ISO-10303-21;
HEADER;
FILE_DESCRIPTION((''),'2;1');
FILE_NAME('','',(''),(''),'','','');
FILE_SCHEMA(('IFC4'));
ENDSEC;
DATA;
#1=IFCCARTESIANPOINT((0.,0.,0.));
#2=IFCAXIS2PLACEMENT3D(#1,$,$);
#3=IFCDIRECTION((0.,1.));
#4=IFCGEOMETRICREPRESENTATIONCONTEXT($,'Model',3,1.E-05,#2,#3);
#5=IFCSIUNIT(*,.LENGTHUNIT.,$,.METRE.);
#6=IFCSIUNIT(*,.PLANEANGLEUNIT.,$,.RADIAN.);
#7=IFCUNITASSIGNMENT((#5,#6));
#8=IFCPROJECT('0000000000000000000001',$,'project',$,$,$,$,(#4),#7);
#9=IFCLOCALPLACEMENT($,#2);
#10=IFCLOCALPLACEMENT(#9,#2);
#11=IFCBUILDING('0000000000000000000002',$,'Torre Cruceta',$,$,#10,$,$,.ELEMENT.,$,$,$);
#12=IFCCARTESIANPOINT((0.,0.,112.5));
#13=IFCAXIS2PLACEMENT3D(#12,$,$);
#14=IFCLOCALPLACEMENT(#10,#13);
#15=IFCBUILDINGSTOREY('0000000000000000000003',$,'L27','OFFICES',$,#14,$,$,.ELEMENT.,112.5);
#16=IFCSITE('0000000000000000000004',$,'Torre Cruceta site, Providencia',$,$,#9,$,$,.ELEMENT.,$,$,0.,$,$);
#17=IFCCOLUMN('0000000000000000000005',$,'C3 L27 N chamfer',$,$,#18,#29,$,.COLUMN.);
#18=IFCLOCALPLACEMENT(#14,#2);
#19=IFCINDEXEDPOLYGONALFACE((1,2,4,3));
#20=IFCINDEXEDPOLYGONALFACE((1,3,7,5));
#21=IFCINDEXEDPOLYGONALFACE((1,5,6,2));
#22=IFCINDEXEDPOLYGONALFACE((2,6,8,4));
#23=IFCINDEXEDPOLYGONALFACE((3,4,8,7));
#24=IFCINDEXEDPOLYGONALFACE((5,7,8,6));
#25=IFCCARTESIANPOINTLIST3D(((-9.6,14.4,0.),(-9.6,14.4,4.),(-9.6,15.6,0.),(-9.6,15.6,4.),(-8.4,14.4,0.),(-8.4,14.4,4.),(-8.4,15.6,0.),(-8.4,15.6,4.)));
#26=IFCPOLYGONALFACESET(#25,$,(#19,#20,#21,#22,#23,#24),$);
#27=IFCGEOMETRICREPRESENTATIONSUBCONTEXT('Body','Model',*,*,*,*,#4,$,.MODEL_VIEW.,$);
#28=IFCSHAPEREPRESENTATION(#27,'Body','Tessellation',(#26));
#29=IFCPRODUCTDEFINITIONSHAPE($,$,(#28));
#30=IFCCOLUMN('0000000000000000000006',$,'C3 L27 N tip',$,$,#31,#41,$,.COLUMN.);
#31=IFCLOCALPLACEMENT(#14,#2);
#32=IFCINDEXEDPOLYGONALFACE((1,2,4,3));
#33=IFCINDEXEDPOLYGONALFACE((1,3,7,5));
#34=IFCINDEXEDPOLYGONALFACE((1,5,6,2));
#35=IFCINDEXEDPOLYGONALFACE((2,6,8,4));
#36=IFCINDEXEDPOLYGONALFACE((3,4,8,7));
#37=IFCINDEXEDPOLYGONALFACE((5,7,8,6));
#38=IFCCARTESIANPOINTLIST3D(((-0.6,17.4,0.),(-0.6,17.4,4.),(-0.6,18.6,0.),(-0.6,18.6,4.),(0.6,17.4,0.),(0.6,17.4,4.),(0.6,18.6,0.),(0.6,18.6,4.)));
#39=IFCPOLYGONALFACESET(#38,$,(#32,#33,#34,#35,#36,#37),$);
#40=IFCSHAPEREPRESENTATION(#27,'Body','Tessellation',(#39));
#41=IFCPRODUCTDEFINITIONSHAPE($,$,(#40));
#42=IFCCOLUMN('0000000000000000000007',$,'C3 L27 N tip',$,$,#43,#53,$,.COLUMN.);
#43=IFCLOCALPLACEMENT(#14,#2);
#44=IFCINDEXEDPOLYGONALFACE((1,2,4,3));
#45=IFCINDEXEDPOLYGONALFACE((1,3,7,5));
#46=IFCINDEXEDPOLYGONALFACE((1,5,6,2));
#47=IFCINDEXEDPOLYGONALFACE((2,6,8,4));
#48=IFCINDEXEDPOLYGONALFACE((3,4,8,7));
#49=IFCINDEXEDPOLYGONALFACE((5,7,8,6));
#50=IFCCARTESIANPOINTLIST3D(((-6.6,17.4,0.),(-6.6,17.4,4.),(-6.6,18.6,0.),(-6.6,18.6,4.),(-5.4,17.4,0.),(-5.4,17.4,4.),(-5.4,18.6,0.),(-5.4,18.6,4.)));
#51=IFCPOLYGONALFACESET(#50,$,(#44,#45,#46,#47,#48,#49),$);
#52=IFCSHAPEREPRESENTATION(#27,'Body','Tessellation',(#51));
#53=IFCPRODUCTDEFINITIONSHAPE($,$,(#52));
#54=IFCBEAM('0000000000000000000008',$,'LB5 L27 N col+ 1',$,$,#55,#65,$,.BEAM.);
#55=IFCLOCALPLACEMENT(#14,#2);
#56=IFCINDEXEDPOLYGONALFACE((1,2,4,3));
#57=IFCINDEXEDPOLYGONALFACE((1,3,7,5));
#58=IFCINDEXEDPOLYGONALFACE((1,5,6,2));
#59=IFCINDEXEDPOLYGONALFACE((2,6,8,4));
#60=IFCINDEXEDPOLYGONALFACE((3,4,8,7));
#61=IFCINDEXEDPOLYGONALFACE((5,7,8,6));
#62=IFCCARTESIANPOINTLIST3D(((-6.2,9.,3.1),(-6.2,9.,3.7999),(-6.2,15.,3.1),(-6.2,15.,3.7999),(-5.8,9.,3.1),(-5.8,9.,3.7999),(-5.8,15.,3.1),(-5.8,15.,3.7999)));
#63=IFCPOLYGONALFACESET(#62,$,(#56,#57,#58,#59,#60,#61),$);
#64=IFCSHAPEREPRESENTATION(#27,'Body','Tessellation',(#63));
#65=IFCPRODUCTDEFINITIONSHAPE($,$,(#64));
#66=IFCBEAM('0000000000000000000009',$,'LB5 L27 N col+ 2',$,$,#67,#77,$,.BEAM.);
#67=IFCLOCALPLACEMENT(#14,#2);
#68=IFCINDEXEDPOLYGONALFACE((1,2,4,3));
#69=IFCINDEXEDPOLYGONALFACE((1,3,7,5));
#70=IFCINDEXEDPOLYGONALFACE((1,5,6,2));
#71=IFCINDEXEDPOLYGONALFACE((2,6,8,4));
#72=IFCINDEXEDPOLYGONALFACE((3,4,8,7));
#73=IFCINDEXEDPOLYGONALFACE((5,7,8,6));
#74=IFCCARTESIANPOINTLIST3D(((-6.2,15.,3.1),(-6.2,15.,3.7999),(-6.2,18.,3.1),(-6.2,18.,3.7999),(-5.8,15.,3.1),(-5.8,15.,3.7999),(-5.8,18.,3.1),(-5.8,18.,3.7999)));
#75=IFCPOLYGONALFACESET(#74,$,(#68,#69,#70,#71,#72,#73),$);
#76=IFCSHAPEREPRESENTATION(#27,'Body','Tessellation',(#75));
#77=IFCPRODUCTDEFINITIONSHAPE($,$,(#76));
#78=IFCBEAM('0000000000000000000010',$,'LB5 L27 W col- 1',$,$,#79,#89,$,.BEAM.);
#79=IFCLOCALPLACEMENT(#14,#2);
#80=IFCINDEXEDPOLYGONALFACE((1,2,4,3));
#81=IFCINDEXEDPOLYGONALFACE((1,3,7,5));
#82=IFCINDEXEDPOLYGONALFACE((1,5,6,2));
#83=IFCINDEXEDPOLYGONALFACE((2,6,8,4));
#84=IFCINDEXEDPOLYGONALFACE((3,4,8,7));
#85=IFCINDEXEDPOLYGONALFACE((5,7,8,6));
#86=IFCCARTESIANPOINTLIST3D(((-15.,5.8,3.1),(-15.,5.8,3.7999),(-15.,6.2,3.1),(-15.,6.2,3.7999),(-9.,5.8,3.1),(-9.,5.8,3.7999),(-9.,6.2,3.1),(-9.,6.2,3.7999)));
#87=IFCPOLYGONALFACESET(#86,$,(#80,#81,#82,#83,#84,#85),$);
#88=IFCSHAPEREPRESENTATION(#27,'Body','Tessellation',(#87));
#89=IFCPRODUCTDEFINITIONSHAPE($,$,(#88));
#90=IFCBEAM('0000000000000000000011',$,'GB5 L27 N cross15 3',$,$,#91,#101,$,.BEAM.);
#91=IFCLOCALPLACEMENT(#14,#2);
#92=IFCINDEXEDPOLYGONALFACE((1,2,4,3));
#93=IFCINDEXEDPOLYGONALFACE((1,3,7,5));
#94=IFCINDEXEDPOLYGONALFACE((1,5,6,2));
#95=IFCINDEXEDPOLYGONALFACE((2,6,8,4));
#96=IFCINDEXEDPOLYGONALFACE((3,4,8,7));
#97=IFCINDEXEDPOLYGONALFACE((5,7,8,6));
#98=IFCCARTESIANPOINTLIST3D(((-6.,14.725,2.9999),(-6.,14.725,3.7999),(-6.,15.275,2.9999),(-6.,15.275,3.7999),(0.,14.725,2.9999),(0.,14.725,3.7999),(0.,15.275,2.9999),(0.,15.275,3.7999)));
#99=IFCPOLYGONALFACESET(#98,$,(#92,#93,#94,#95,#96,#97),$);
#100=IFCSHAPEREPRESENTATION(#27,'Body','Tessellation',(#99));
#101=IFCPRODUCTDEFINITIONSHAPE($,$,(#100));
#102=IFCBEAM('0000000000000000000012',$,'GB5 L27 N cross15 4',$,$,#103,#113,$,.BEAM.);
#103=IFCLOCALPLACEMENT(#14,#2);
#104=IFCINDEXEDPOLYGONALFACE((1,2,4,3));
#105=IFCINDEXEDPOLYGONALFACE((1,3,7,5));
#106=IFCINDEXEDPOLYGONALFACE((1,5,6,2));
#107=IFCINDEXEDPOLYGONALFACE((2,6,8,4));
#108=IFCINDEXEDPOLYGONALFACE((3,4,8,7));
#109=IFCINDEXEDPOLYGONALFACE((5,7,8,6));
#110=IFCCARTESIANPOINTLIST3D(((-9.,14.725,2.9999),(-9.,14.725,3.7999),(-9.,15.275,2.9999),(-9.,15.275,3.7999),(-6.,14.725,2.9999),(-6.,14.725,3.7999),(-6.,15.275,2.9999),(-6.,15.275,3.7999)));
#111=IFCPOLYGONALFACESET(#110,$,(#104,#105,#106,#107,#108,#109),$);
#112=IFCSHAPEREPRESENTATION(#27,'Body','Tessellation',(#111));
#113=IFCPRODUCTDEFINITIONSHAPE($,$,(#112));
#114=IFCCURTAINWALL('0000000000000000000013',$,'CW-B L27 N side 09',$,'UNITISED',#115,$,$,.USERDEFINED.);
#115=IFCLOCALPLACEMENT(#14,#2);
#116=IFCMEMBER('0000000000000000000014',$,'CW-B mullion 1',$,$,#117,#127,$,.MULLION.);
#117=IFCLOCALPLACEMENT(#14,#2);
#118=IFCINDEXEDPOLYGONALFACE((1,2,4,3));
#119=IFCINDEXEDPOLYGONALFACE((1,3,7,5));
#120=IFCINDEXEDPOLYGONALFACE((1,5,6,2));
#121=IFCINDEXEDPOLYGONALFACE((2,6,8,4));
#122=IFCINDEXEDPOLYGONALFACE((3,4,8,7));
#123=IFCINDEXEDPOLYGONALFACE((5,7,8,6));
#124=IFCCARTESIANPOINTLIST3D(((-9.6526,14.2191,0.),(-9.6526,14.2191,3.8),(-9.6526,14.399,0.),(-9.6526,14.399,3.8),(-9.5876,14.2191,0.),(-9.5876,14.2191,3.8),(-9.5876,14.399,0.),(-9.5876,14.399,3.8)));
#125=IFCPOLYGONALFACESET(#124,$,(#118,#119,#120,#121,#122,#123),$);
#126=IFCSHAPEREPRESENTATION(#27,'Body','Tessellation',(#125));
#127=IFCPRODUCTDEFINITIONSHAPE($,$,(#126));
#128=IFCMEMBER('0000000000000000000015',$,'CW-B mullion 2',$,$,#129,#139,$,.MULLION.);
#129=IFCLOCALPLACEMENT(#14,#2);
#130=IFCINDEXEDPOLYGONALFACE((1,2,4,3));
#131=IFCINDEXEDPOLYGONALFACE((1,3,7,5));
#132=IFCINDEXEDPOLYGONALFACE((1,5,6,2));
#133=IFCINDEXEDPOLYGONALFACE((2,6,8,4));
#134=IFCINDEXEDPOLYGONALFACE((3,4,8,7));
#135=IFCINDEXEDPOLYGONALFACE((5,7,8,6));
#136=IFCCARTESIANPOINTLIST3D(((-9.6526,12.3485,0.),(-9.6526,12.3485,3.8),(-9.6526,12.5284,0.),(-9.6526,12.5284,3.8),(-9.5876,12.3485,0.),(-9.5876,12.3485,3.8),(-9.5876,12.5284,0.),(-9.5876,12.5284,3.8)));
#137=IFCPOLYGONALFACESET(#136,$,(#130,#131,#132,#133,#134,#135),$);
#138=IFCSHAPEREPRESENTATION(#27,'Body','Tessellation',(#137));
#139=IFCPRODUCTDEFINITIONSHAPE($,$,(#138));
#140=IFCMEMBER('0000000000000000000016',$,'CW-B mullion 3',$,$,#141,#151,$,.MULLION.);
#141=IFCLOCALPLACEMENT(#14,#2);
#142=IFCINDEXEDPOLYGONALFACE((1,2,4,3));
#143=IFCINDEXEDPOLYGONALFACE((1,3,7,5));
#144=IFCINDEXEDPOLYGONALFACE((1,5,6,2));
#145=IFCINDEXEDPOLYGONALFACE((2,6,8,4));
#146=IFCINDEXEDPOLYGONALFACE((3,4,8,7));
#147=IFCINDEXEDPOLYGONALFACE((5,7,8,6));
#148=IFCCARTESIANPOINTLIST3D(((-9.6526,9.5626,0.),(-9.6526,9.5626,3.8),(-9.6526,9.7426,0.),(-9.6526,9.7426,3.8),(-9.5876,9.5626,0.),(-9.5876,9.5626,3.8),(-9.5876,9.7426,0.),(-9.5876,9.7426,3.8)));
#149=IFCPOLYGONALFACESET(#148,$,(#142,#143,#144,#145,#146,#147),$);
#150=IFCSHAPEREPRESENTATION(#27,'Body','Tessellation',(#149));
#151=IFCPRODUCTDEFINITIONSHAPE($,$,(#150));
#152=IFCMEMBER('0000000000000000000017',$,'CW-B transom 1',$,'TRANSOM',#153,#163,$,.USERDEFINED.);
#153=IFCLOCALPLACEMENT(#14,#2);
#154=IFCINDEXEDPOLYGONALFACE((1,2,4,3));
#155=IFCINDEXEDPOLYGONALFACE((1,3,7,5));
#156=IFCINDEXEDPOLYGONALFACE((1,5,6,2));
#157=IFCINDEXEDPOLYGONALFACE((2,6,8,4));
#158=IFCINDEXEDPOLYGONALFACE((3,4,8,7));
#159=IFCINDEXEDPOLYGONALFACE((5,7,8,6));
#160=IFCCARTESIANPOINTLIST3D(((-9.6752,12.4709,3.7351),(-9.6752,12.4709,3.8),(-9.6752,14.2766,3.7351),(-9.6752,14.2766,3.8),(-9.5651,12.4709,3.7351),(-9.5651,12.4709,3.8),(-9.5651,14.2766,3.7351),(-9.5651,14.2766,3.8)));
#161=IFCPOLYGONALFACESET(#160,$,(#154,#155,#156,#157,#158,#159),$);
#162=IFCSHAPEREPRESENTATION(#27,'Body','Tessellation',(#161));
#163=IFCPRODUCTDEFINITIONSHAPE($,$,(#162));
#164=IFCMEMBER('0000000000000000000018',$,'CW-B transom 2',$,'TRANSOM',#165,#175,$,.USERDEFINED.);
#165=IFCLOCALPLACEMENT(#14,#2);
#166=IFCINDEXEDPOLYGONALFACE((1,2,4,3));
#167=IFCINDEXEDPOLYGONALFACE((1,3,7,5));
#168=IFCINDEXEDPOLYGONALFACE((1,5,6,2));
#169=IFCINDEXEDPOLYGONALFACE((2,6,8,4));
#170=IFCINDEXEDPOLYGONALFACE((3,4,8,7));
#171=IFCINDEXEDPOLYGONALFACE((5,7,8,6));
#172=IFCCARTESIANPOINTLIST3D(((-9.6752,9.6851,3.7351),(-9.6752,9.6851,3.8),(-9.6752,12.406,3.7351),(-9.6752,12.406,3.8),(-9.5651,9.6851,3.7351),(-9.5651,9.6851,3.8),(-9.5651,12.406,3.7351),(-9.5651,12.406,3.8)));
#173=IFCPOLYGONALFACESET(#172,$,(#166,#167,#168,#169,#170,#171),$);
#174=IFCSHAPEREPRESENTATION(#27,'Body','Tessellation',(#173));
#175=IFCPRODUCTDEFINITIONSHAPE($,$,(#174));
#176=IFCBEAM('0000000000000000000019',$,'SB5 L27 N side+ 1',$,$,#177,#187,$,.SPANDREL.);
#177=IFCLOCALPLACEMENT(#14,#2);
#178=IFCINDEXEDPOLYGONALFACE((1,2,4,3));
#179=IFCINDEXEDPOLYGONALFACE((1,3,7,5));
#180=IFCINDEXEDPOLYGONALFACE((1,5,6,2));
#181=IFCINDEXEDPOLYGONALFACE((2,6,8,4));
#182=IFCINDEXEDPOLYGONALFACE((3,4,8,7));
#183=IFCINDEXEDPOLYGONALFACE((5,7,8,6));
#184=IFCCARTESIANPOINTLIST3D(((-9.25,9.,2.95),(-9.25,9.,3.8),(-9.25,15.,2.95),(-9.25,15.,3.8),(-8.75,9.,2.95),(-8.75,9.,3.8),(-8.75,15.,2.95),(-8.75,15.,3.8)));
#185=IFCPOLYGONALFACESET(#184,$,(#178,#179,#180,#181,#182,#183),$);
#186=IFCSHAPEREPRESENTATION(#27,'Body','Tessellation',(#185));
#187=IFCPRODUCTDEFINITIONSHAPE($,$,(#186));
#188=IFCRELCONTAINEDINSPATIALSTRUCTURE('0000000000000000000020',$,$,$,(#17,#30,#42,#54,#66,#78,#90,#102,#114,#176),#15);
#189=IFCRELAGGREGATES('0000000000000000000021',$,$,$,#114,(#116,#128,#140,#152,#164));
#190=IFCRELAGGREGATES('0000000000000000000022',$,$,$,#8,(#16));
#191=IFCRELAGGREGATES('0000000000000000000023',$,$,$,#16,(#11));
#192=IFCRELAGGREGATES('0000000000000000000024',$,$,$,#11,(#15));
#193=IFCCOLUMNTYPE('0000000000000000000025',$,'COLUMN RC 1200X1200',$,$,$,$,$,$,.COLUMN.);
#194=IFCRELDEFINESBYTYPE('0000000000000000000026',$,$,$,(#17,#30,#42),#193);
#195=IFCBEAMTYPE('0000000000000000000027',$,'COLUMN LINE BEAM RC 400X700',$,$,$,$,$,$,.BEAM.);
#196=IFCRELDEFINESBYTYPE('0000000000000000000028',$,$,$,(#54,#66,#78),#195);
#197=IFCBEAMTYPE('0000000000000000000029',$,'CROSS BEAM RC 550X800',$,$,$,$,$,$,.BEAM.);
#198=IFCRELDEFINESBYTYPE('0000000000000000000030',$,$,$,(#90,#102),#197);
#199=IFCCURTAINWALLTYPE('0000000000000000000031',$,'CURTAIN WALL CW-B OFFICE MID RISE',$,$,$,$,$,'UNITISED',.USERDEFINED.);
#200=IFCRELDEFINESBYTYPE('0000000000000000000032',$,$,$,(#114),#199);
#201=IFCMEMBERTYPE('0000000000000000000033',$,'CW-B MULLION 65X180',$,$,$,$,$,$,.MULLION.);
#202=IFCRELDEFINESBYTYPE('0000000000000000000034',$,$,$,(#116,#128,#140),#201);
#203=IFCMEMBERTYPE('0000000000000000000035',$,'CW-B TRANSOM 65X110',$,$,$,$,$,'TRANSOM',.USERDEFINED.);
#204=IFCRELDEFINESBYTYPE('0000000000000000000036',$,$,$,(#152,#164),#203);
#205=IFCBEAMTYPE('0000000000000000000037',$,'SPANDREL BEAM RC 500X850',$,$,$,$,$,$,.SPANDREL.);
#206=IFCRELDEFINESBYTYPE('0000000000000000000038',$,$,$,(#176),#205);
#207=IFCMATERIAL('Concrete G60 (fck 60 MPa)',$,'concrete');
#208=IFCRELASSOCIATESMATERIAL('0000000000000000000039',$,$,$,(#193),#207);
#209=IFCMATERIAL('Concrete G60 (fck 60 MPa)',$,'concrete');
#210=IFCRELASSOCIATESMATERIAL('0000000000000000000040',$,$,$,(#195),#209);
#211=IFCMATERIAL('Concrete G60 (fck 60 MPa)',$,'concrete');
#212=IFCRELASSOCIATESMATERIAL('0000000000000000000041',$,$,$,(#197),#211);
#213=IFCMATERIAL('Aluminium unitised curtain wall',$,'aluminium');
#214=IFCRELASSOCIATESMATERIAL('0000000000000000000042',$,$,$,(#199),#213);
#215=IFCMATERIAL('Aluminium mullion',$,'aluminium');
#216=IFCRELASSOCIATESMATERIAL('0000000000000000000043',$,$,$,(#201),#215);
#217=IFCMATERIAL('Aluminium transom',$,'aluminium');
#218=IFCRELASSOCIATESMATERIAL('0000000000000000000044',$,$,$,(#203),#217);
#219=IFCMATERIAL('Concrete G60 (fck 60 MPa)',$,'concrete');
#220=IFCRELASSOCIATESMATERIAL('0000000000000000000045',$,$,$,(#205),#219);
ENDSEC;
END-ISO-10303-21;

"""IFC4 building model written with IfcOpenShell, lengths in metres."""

from ifc_helpers import new_model, si_unit, direction, frame, origin, origin_2d, place, context, subcontext, project, spatial, rectangle, extrude, material, material_profile, profile_set, type_object, element, aggregate, save


model = new_model("IFC4")

# Units and contexts
model_context = context("Model", 3, precision=1e-05, world=origin(), true_north=direction((0.0, 1.0)))
body_context = subcontext(model_context, "Body", "Model", "MODEL_VIEW")
ifc_project = project(units=[si_unit("LENGTHUNIT", "METRE"), si_unit("PLANEANGLEUNIT", "RADIAN")], contexts=[model_context])

# Site, building, storey
site_placement = place(None, origin())
site = spatial("IfcSite", under=ifc_project, at=site_placement, Name="Torre Cruceta site, Providencia", CompositionType="ELEMENT", RefElevation=0.0)
building_placement = place(site_placement, origin())
building = spatial("IfcBuilding", under=site, at=building_placement, Name="Torre Cruceta", CompositionType="ELEMENT")
storey_placement = place(building_placement, frame((0.0, 0.0, 112.5)))
storey = spatial("IfcBuildingStorey", under=building, at=storey_placement, Name="L27", Description="OFFICES", CompositionType="ELEMENT", Elevation=112.5)

# Columns
ifc_material_1 = material(Name="Concrete G60 (fck 60 MPa)", Category="concrete")
ifc_material_profile_1 = material_profile(ifc_material_1, rectangle(XDim=1.2, YDim=1.2, at=origin_2d()), Name="RC 1200X1200")
ifc_profile_set_1 = profile_set([ifc_material_profile_1], Name="Concrete G60 (fck 60 MPa)")
column_type = type_object("IfcColumnType", Name="COLUMN RC 1200X1200", PredefinedType="COLUMN", material=ifc_profile_set_1)
for number, where, z_axis, x_axis, name in (
    (1, (-9.0, 15.0, 0.0), (0.0, 0.0, 1.0), (1.0, 0.0, 0.0), "C3 L27 N chamfer"),
    (2, (0.0, 18.0, 0.0), (0.0, 0.0, 1.0), (1.0, 0.0, 0.0), "C3 L27 N tip"),
    (3, (-6.0, 18.0, 0.0), (0.0, 0.0, 1.0), (1.0, 0.0, 0.0), "C3 L27 N tip"),
):
    element("IfcColumn", number, at=place(storey_placement, frame(where, z_axis=z_axis, x_axis=x_axis)), inside=storey, type_object=column_type, Name=name, PredefinedType="COLUMN", context=body_context, shape_type="SweptSolid", body=[
        extrude(rectangle(XDim=1.2, YDim=1.2, at=origin_2d()), origin(), (0.0, 0.0, 1.0), 4.0),
    ])

# Beams
ifc_material_2 = material(Name="Concrete G60 (fck 60 MPa)", Category="concrete")
ifc_material_profile_2 = material_profile(ifc_material_2, rectangle(XDim=0.3999, YDim=0.7, at=origin_2d()), Name="RC 400X700")
ifc_profile_set_2 = profile_set([ifc_material_profile_2], Name="Concrete G60 (fck 60 MPa)")
beam_type_1 = type_object("IfcBeamType", Name="COLUMN LINE BEAM RC 400X700", PredefinedType="BEAM", material=ifc_profile_set_2)
beam_1_placement = place(storey_placement, frame((-6.0, 9.0, 3.45), z_axis=(0.0, 1.0, 0.0), x_axis=(-1.0, 0.0, 0.0)))
element("IfcBeam", 4, at=beam_1_placement, inside=storey, type_object=beam_type_1, Name="LB5 L27 N col+ 1", PredefinedType="BEAM", context=body_context, shape_type="SweptSolid", body=[
    extrude(rectangle(XDim=0.3999, YDim=0.7, at=origin_2d()), origin(), (0.0, 0.0, 1.0), 6.0),
])
beam_2_placement = place(storey_placement, frame((-6.0, 15.0, 3.45), z_axis=(0.0, 1.0, 0.0), x_axis=(-1.0, 0.0, 0.0)))
element("IfcBeam", 5, at=beam_2_placement, inside=storey, type_object=beam_type_1, Name="LB5 L27 N col+ 2", PredefinedType="BEAM", context=body_context, shape_type="SweptSolid", body=[
    extrude(rectangle(XDim=0.3999, YDim=0.7, at=origin_2d()), origin(), (0.0, 0.0, 1.0), 3.0),
])
beam_3_placement = place(storey_placement, frame((-9.0, 6.0, 3.45), z_axis=(-1.0, 0.0, 0.0), x_axis=(0.0, -1.0, 0.0)))
element("IfcBeam", 6, at=beam_3_placement, inside=storey, type_object=beam_type_1, Name="LB5 L27 W col- 1", PredefinedType="BEAM", context=body_context, shape_type="SweptSolid", body=[
    extrude(rectangle(XDim=0.3999, YDim=0.7, at=origin_2d()), origin(), (0.0, 0.0, 1.0), 6.0),
])
ifc_material_3 = material(Name="Concrete G60 (fck 60 MPa)", Category="concrete")
ifc_material_profile_3 = material_profile(ifc_material_3, rectangle(XDim=0.55, YDim=0.8, at=origin_2d()), Name="RC 550X800")
ifc_profile_set_3 = profile_set([ifc_material_profile_3], Name="Concrete G60 (fck 60 MPa)")
beam_type_2 = type_object("IfcBeamType", Name="CROSS BEAM RC 550X800", PredefinedType="BEAM", material=ifc_profile_set_3)
beam_4_placement = place(storey_placement, frame((0.0, 15.0, 3.3999), z_axis=(-1.0, 0.0, 0.0), x_axis=(0.0, -1.0, 0.0)))
element("IfcBeam", 7, at=beam_4_placement, inside=storey, type_object=beam_type_2, Name="GB5 L27 N cross15 3", PredefinedType="BEAM", context=body_context, shape_type="SweptSolid", body=[
    extrude(rectangle(XDim=0.55, YDim=0.8, at=origin_2d()), origin(), (0.0, 0.0, 1.0), 6.0),
])
beam_5_placement = place(storey_placement, frame((-6.0, 15.0, 3.3999), z_axis=(-1.0, 0.0, 0.0), x_axis=(0.0, -1.0, 0.0)))
element("IfcBeam", 8, at=beam_5_placement, inside=storey, type_object=beam_type_2, Name="GB5 L27 N cross15 4", PredefinedType="BEAM", context=body_context, shape_type="SweptSolid", body=[
    extrude(rectangle(XDim=0.55, YDim=0.8, at=origin_2d()), origin(), (0.0, 0.0, 1.0), 3.0),
])

# Curtain wall, members
ifc_material_4 = material(Name="Aluminium unitised curtain wall", Category="aluminium")
curtain_wall_type = type_object("IfcCurtainWallType", Name="CURTAIN WALL CW-B OFFICE MID RISE", ElementType="UNITISED", PredefinedType="USERDEFINED", material=ifc_material_4)
curtain_wall_placement = place(storey_placement, origin())
curtain_wall = element("IfcCurtainWall", 9, at=curtain_wall_placement, inside=storey, type_object=curtain_wall_type, Name="CW-B L27 N side 09", ObjectType="UNITISED", PredefinedType="USERDEFINED")
ifc_material_5 = material(Name="Aluminium mullion", Category="aluminium")
ifc_material_profile_4 = material_profile(ifc_material_5, rectangle(XDim=0.0649, YDim=0.1799, at=origin_2d()), Name="AL 65X180")
ifc_profile_set_4 = profile_set([ifc_material_profile_4], Name="Aluminium mullion")
member_type_1 = type_object("IfcMemberType", Name="CW-B MULLION 65X180", PredefinedType="MULLION", material=ifc_profile_set_4)
member_1_placement = place(storey_placement, frame((-9.6201, 14.3091, 0.0), z_axis=(0.0, 0.0, 1.0), x_axis=(1.0, 0.0, 0.0)))
member_1 = element("IfcMember", 10, at=member_1_placement, type_object=member_type_1, Name="CW-B mullion 1", PredefinedType="MULLION", context=body_context, shape_type="SweptSolid", body=[
    extrude(rectangle(XDim=0.0649, YDim=0.1799, at=origin_2d()), origin(), (0.0, 0.0, 1.0), 3.8),
])
member_2_placement = place(storey_placement, frame((-9.6201, 12.4385, 0.0), z_axis=(0.0, 0.0, 1.0), x_axis=(1.0, 0.0, 0.0)))
member_2 = element("IfcMember", 11, at=member_2_placement, type_object=member_type_1, Name="CW-B mullion 2", PredefinedType="MULLION", context=body_context, shape_type="SweptSolid", body=[
    extrude(rectangle(XDim=0.0649, YDim=0.1799, at=origin_2d()), origin(), (0.0, 0.0, 1.0), 3.8),
])
member_3_placement = place(storey_placement, frame((-9.6201, 9.6526, 0.0), z_axis=(0.0, 0.0, 1.0), x_axis=(1.0, 0.0, 0.0)))
member_3 = element("IfcMember", 12, at=member_3_placement, type_object=member_type_1, Name="CW-B mullion 3", PredefinedType="MULLION", context=body_context, shape_type="SweptSolid", body=[
    extrude(rectangle(XDim=0.0649, YDim=0.1799, at=origin_2d()), origin(), (0.0, 0.0, 1.0), 3.8),
])
ifc_material_6 = material(Name="Aluminium transom", Category="aluminium")
ifc_material_profile_5 = material_profile(ifc_material_6, rectangle(XDim=0.1101, YDim=0.0649, at=origin_2d()), Name="AL 110X65")
ifc_profile_set_5 = profile_set([ifc_material_profile_5], Name="Aluminium transom")
member_type_2 = type_object("IfcMemberType", Name="CW-B TRANSOM 65X110", ElementType="TRANSOM", PredefinedType="USERDEFINED", material=ifc_profile_set_5)
member_4_placement = place(storey_placement, frame((-9.6201, 14.2766, 3.7676), z_axis=(0.0, -1.0, 0.0), x_axis=(1.0, 0.0, 0.0)))
member_4 = element("IfcMember", 13, at=member_4_placement, type_object=member_type_2, Name="CW-B transom 1", ObjectType="TRANSOM", PredefinedType="USERDEFINED", context=body_context, shape_type="SweptSolid", body=[
    extrude(rectangle(XDim=0.1101, YDim=0.0649, at=origin_2d()), origin(), (0.0, 0.0, 1.0), 1.8057),
])
member_5_placement = place(storey_placement, frame((-9.6201, 12.406, 3.7676), z_axis=(0.0, -1.0, 0.0), x_axis=(1.0, 0.0, 0.0)))
member_5 = element("IfcMember", 14, at=member_5_placement, type_object=member_type_2, Name="CW-B transom 2", ObjectType="TRANSOM", PredefinedType="USERDEFINED", context=body_context, shape_type="SweptSolid", body=[
    extrude(rectangle(XDim=0.1101, YDim=0.0649, at=origin_2d()), origin(), (0.0, 0.0, 1.0), 2.7209),
])

# Beam
ifc_material_7 = material(Name="Concrete G60 (fck 60 MPa)", Category="concrete")
ifc_material_profile_6 = material_profile(ifc_material_7, rectangle(XDim=0.5, YDim=0.8501, at=origin_2d()), Name="RC 500X850")
ifc_profile_set_6 = profile_set([ifc_material_profile_6], Name="Concrete G60 (fck 60 MPa)")
beam_type_3 = type_object("IfcBeamType", Name="SPANDREL BEAM RC 500X850", PredefinedType="SPANDREL", material=ifc_profile_set_6)
beam_6_placement = place(storey_placement, frame((-9.0, 9.0, 3.375), z_axis=(0.0, 1.0, 0.0), x_axis=(-1.0, 0.0, 0.0)))
element("IfcBeam", 15, at=beam_6_placement, inside=storey, type_object=beam_type_3, Name="SB5 L27 N side+ 1", PredefinedType="SPANDREL", context=body_context, shape_type="SweptSolid", body=[
    extrude(rectangle(XDim=0.5, YDim=0.8501, at=origin_2d()), origin(), (0.0, 0.0, 1.0), 6.0),
])

aggregate(curtain_wall, [member_1, member_2, member_3, member_4, member_5])

save(model, "model.ifc")
